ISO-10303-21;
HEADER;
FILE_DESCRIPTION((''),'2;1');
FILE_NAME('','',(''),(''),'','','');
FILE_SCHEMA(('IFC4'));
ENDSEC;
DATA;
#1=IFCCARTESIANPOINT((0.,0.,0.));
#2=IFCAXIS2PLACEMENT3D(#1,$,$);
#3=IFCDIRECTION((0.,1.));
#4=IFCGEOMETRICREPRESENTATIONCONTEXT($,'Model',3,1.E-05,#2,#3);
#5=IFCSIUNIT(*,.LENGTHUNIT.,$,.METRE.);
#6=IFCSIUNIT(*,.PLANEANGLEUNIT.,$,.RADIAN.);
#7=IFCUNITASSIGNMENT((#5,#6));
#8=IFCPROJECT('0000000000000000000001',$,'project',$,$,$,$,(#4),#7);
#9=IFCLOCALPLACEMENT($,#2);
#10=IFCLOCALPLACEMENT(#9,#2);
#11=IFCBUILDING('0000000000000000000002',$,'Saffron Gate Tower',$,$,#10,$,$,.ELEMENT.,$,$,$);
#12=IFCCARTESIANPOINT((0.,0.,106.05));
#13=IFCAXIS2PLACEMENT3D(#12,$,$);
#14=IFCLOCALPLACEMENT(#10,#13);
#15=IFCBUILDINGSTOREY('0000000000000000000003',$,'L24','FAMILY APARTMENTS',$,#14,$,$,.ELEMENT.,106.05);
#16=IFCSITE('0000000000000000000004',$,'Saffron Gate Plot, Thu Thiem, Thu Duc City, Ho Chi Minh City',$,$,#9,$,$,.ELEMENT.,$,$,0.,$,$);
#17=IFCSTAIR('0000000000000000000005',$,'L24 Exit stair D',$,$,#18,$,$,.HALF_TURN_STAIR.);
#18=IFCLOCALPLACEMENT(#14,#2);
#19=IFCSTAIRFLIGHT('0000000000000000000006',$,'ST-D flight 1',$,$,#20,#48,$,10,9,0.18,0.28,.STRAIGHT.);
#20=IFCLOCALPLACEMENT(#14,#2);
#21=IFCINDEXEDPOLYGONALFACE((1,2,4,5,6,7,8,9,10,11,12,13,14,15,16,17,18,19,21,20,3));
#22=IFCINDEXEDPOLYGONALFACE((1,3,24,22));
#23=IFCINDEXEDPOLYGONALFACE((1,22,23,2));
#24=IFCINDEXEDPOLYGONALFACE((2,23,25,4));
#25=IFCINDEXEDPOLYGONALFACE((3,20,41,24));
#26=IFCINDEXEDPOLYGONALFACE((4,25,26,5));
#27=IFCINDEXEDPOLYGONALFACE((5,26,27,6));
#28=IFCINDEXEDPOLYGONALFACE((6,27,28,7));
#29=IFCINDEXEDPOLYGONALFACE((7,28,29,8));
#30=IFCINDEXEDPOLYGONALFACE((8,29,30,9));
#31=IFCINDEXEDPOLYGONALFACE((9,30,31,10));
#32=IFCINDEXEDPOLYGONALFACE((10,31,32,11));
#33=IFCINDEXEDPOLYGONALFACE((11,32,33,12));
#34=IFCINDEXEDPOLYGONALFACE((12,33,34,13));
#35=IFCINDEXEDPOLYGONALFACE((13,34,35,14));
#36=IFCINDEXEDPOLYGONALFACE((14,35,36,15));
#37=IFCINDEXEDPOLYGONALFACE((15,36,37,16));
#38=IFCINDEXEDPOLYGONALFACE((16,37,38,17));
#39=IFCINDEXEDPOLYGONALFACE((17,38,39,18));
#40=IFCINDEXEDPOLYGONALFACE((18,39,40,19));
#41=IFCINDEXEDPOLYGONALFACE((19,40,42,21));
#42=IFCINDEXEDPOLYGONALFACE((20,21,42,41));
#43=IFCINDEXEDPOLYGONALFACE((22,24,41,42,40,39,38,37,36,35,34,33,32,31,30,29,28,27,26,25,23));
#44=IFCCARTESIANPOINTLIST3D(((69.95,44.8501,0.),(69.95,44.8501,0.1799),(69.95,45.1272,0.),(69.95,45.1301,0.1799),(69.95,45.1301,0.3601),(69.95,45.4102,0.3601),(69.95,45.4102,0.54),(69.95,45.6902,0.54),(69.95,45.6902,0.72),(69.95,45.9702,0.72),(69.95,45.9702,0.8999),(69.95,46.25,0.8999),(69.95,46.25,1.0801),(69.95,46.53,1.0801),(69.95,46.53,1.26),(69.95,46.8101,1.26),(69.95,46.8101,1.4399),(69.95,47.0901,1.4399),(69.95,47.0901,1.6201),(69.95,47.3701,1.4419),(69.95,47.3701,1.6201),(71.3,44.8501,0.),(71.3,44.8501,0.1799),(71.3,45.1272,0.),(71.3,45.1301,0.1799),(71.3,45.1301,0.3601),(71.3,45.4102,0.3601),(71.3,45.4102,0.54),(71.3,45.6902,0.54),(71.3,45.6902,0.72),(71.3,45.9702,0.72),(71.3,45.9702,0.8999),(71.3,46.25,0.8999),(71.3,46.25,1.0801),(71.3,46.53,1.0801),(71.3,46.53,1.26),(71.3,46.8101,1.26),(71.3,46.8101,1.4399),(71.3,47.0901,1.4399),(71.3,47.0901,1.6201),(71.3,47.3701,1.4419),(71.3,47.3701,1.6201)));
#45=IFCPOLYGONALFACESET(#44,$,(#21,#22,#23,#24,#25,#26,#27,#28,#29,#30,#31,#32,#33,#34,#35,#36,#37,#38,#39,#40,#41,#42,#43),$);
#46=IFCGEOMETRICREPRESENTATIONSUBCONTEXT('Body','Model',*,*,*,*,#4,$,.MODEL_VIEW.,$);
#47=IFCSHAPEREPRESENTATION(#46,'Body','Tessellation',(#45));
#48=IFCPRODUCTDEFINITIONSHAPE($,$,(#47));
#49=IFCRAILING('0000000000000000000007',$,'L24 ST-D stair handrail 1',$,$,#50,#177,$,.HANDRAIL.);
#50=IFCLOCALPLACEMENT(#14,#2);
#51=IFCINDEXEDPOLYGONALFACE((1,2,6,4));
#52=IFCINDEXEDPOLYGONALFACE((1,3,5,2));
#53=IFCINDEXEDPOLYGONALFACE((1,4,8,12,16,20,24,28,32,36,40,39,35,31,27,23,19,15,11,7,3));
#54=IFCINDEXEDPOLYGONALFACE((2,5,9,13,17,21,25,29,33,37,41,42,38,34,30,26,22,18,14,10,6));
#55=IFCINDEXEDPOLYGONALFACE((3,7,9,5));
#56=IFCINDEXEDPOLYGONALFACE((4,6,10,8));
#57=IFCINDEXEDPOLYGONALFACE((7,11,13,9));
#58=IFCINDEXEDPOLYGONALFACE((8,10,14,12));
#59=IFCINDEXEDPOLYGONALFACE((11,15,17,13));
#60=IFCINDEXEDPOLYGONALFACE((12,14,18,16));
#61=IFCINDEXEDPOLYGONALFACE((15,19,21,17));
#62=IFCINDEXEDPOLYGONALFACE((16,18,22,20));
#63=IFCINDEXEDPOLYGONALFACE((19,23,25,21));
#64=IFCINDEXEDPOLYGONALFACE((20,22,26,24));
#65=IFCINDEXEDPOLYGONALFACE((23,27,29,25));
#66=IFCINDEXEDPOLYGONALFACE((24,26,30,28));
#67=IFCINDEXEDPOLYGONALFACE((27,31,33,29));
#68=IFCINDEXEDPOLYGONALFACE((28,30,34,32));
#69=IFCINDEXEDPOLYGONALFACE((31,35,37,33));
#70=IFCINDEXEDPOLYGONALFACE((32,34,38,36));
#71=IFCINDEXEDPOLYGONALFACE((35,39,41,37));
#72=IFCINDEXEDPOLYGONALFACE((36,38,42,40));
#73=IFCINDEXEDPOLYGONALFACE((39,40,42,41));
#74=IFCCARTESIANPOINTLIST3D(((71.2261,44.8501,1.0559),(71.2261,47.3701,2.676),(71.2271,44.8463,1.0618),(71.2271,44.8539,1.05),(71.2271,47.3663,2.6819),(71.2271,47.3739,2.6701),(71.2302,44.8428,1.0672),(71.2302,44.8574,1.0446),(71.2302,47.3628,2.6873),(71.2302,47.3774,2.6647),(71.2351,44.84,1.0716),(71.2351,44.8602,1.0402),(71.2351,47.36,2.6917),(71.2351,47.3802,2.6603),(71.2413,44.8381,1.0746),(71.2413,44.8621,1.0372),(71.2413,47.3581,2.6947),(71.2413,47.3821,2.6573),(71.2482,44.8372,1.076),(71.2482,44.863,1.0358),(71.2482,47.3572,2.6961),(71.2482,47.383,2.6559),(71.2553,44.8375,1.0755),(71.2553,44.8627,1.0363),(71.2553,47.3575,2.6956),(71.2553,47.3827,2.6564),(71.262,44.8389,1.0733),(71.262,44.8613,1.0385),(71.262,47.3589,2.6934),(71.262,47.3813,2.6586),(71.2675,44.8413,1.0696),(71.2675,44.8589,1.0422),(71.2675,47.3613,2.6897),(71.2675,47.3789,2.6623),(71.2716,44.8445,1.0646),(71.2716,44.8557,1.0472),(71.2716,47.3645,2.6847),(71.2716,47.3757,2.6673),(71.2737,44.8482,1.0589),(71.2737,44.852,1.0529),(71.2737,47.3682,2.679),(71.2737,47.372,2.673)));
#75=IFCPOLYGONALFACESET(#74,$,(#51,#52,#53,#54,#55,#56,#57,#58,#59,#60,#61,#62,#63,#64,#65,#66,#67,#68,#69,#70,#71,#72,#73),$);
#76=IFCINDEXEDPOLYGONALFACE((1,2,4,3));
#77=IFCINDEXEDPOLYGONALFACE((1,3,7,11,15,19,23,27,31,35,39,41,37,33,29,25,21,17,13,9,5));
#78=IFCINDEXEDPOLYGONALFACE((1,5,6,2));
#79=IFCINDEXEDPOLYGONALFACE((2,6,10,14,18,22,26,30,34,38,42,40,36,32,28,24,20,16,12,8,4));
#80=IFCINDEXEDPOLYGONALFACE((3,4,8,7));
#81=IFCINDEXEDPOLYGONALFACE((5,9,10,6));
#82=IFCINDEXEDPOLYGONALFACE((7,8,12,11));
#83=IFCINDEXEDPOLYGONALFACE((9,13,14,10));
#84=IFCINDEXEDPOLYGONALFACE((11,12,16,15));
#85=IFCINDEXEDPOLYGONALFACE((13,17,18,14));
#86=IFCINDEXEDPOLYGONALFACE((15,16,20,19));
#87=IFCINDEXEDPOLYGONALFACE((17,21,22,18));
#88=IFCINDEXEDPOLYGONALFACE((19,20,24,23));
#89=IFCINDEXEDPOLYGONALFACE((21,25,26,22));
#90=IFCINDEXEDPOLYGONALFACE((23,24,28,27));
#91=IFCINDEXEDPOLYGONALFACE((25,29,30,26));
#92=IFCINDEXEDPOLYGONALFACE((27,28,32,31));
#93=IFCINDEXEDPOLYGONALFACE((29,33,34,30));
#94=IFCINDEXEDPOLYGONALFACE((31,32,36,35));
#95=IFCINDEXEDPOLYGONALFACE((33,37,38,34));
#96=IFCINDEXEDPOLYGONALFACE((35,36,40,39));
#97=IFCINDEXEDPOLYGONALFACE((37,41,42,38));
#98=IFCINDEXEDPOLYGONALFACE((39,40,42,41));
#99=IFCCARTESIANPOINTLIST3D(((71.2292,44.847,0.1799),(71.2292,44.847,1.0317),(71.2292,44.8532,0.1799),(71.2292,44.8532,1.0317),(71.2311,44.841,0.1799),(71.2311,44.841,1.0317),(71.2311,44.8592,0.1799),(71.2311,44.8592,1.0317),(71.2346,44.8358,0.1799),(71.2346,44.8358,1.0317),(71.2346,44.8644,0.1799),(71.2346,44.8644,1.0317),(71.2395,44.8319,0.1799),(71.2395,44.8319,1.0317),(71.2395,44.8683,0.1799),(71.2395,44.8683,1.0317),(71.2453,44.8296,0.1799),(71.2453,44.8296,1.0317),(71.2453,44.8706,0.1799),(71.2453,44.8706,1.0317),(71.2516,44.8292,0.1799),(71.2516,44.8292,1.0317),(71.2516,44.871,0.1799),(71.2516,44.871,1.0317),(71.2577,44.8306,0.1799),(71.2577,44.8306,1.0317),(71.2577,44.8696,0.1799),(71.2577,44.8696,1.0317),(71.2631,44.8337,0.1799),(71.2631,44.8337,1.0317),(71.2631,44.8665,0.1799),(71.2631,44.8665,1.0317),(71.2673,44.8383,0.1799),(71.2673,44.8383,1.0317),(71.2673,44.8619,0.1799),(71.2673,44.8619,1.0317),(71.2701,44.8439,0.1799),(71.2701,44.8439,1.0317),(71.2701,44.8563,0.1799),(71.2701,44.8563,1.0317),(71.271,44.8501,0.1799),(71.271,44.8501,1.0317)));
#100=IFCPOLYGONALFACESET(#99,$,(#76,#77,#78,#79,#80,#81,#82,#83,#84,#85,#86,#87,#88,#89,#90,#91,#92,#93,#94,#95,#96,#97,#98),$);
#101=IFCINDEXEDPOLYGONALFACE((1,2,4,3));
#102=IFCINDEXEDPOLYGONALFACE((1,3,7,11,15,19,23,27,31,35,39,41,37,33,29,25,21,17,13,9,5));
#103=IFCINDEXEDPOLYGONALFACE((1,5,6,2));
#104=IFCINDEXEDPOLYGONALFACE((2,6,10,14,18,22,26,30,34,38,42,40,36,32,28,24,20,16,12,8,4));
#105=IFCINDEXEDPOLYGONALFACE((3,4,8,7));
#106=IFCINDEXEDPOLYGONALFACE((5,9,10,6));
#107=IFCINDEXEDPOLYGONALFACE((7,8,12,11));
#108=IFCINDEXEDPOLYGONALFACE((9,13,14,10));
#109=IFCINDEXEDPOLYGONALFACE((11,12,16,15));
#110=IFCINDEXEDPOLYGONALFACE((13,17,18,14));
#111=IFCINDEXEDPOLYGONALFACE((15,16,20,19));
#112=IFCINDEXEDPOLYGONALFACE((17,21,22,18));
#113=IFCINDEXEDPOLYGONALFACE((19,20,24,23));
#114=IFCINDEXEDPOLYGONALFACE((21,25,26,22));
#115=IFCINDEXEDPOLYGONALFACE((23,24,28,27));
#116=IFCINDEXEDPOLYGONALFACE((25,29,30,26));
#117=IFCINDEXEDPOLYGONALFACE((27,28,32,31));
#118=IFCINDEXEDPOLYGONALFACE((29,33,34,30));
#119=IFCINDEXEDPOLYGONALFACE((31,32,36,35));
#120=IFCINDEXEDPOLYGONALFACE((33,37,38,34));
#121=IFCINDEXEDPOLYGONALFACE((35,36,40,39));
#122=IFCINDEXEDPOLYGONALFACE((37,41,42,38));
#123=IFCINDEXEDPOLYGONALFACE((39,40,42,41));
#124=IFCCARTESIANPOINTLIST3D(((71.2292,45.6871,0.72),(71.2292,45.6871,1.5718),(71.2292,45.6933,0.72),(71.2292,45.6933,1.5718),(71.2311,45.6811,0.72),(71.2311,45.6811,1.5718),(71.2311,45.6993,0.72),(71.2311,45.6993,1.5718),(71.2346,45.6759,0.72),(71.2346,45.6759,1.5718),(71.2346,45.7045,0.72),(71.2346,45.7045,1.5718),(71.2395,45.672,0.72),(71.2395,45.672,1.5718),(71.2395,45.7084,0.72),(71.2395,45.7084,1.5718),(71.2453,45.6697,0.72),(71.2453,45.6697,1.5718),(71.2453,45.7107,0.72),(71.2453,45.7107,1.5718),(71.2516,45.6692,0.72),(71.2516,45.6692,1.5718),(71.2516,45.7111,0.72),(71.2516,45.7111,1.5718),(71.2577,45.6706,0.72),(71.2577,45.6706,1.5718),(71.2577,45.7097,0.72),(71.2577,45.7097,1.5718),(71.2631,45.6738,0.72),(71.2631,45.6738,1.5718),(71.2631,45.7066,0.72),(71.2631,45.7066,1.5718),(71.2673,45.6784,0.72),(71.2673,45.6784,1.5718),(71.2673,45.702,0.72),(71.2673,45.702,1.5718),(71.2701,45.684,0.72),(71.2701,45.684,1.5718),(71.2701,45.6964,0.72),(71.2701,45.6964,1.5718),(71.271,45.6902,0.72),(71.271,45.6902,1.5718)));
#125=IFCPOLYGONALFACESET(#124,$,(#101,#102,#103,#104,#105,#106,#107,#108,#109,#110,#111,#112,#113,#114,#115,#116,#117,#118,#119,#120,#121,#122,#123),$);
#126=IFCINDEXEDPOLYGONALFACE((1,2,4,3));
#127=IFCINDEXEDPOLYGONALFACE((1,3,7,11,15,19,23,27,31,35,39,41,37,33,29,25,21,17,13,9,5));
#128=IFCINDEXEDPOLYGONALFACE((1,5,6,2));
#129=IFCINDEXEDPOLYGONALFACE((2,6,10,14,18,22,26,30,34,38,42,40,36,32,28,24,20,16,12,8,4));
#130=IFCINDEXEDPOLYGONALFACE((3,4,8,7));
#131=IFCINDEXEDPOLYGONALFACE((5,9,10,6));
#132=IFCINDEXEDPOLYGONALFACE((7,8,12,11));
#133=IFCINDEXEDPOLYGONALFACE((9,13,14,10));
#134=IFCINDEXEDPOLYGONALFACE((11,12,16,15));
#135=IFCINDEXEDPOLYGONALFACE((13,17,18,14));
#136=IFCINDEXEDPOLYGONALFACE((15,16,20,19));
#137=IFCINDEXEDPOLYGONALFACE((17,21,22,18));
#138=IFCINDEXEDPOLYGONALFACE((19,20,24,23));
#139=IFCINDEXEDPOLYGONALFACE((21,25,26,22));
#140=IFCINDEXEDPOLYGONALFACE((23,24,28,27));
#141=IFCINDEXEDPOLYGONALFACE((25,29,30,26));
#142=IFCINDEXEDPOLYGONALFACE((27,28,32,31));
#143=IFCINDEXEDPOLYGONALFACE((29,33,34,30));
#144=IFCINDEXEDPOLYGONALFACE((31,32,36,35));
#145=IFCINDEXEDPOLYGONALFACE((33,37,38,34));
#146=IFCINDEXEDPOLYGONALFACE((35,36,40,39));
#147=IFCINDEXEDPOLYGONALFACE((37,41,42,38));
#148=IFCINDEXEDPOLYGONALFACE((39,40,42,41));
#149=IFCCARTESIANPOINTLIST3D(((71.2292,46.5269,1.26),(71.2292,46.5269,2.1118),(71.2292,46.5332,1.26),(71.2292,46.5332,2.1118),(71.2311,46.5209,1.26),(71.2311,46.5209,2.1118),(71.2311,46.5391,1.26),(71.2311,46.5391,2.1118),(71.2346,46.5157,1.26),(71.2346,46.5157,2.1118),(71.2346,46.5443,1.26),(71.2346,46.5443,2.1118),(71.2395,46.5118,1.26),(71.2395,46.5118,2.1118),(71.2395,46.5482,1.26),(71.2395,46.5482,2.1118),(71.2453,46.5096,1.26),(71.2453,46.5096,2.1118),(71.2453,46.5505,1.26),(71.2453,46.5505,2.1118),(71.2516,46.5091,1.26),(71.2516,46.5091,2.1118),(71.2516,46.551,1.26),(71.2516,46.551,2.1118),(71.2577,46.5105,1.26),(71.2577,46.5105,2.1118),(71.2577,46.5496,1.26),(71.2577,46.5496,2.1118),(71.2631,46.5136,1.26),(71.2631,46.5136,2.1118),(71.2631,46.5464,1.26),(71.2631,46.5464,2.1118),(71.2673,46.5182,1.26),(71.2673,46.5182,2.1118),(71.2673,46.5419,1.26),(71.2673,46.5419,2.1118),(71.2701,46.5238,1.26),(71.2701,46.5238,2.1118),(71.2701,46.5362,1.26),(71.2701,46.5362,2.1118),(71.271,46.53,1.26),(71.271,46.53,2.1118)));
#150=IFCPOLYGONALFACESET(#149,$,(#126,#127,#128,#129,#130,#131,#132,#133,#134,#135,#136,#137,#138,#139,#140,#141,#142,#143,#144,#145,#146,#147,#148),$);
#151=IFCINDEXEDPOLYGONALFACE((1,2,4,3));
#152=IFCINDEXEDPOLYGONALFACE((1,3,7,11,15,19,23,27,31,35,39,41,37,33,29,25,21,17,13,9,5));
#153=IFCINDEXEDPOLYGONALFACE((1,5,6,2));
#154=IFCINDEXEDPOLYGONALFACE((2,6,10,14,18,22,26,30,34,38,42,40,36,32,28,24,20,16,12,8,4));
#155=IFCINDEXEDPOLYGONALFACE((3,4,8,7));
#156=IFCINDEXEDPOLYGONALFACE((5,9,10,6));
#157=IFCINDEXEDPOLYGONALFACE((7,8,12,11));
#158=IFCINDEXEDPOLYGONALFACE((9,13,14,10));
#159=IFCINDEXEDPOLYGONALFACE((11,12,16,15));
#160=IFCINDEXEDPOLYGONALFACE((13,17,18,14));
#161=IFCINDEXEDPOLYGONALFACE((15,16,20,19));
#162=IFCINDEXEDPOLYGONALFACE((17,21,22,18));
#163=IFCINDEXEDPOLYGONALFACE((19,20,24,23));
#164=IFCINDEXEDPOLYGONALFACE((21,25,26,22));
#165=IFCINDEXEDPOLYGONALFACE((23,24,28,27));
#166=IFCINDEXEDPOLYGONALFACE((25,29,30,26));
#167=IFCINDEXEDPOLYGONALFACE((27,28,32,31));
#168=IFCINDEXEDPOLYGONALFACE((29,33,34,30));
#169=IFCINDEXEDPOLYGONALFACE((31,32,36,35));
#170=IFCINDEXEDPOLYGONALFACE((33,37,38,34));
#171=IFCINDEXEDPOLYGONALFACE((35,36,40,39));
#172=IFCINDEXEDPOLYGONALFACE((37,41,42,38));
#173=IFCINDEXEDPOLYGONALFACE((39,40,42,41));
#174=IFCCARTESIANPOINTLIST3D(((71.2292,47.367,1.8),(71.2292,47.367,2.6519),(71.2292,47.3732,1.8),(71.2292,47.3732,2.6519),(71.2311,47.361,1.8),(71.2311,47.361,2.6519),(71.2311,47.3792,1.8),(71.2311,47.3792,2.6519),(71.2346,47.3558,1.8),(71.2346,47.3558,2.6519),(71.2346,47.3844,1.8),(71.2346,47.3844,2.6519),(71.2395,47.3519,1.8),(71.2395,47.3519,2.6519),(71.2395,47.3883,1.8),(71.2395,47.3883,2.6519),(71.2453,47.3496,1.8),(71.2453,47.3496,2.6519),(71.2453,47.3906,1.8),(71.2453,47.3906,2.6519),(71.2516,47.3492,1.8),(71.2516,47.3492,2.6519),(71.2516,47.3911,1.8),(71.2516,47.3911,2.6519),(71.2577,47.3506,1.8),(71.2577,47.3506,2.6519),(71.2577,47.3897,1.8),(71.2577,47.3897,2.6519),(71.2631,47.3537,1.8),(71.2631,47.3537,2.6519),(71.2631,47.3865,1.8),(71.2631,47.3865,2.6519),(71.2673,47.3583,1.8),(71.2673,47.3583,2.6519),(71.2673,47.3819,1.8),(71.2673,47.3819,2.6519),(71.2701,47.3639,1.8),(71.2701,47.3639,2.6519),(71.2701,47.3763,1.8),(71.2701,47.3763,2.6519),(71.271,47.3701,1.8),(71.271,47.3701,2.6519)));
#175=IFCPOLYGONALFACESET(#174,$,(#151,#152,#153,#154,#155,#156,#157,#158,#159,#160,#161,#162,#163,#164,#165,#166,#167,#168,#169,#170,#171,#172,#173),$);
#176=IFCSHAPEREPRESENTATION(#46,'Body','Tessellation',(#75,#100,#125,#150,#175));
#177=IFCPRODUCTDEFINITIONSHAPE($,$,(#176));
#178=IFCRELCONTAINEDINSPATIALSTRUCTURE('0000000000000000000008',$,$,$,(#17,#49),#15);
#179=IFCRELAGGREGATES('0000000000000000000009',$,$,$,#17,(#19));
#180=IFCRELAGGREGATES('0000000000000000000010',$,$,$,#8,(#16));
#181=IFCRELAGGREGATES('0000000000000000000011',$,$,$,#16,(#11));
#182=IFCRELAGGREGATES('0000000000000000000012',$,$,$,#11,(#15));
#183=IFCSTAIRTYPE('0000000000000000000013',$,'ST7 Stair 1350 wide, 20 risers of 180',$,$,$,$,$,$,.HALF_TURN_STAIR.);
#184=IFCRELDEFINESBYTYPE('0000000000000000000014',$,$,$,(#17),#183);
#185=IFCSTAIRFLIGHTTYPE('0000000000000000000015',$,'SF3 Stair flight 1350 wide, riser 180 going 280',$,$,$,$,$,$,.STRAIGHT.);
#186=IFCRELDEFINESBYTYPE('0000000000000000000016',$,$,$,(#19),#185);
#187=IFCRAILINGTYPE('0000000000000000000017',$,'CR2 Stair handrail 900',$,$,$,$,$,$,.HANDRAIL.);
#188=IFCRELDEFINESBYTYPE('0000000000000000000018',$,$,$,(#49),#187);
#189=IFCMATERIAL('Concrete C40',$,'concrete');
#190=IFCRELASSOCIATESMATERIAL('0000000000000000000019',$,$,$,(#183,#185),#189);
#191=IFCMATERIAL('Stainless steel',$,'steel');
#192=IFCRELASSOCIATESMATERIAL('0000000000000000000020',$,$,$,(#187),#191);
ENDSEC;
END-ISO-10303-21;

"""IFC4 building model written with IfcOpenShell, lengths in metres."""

from ifc_helpers import new_model, si_unit, direction, frame, origin, origin_2d, place, context, subcontext, project, spatial, polyline, circle, outline, extrude, material, type_object, element, aggregate, save


model = new_model("IFC4")

# Units and contexts
model_context = context("Model", 3, precision=1e-05, world=origin(), true_north=direction((0.0, 1.0)))
body_context = subcontext(model_context, "Body", "Model", "MODEL_VIEW")
ifc_project = project(units=[si_unit("LENGTHUNIT", "METRE"), si_unit("PLANEANGLEUNIT", "RADIAN")], contexts=[model_context])

# Site, building, storey
site_placement = place(None, origin())
site = spatial("IfcSite", under=ifc_project, at=site_placement, Name="Saffron Gate Plot, Thu Thiem, Thu Duc City, Ho Chi Minh City", CompositionType="ELEMENT", RefElevation=0.0)
building_placement = place(site_placement, origin())
building = spatial("IfcBuilding", under=site, at=building_placement, Name="Saffron Gate Tower", CompositionType="ELEMENT")
storey_placement = place(building_placement, frame((0.0, 0.0, 106.05)))
storey = spatial("IfcBuildingStorey", under=building, at=storey_placement, Name="L24", Description="FAMILY APARTMENTS", CompositionType="ELEMENT", Elevation=106.05)

# Stair, stair flight
ifc_material_1 = material(Name="Concrete C40", Category="concrete")
stair_type = type_object("IfcStairType", Name="ST7 Stair 1350 wide, 20 risers of 180", PredefinedType="HALF_TURN_STAIR", material=ifc_material_1)
stair_placement = place(storey_placement, origin())
stair = element("IfcStair", 1, at=stair_placement, inside=storey, type_object=stair_type, Name="L24 Exit stair D", PredefinedType="HALF_TURN_STAIR")
stair_flight_type = type_object("IfcStairFlightType", Name="SF3 Stair flight 1350 wide, riser 180 going 280", PredefinedType="STRAIGHT", material=ifc_material_1)
stair_flight_placement = place(storey_placement, frame((70.625, 44.8501, 0.0), z_axis=(0.0, 0.0, 1.0), x_axis=(0.0, 1.0, 0.0)))
stair_flight = element("IfcStairFlight", 2, at=stair_flight_placement, type_object=stair_flight_type, Name="ST-D flight 1", NumberOfRisers=10, NumberOfTreads=9, PredefinedType="STRAIGHT", RiserHeight=0.18, TreadLength=0.28, context=body_context, shape_type="SweptSolid", body=[
    extrude(outline(polyline([(0.0, 0.0), (0.0, 0.1799), (0.28, 0.1799), (0.28, 0.3601), (0.5601, 0.3601), (0.5601, 0.54), (0.8401, 0.54), (0.8401, 0.72), (1.1201, 0.72), (1.1201, 0.8999), (1.3999, 0.8999), (1.3999, 1.0801), (1.6799, 1.0801), (1.6799, 1.26), (1.96, 1.26), (1.96, 1.4399), (2.24, 1.4399), (2.24, 1.6201), (2.52, 1.6201), (2.52, 1.8), (2.52, 1.4419), (0.2771, 0.0), (0.0, 0.0)])), frame((0.0, 0.675, 0.0), z_axis=(0.0, -1.0, 0.0), x_axis=(1.0, 0.0, 0.0)), (0.0, 0.0, 1.0), 1.3501),
])
aggregate(stair, [stair_flight])

# Railing
ifc_material_2 = material(Name="Stainless steel", Category="steel")
railing_type_1 = type_object("IfcRailingType", Name="CR2 Stair handrail 900", PredefinedType="HANDRAIL", material=ifc_material_2)
railing_1_placement = place(storey_placement, frame((71.25, 44.8501, 0.1799)))
element("IfcRailing", 3, at=railing_1_placement, inside=storey, type_object=railing_type_1, Name="L24 ST-D stair handrail 1", PredefinedType="HANDRAIL", context=body_context, shape_type="SweptSolid", body=[
    extrude(circle(Radius=0.0239, at=origin_2d()), frame((0.0, 0.0, 0.876), z_axis=(0.0, 0.841163, 0.540782), x_axis=(-1.0, 0.0, 0.0)), (0.0, 0.0, 1.0), 2.9958),
    extrude(circle(Radius=0.021, at=origin_2d()), origin(), (0.0, 0.0, 1.0), 0.8518),
    extrude(circle(Radius=0.021, at=origin_2d()), frame((0.0, 0.8401, 0.54)), (0.0, 0.0, 1.0), 0.8518),
    extrude(circle(Radius=0.021, at=origin_2d()), frame((0.0, 1.6799, 1.0801)), (0.0, 0.0, 1.0), 0.8518),
    extrude(circle(Radius=0.021, at=origin_2d()), frame((0.0, 2.52, 1.6201)), (0.0, 0.0, 1.0), 0.8518),
])

save(model, "model.ifc")
